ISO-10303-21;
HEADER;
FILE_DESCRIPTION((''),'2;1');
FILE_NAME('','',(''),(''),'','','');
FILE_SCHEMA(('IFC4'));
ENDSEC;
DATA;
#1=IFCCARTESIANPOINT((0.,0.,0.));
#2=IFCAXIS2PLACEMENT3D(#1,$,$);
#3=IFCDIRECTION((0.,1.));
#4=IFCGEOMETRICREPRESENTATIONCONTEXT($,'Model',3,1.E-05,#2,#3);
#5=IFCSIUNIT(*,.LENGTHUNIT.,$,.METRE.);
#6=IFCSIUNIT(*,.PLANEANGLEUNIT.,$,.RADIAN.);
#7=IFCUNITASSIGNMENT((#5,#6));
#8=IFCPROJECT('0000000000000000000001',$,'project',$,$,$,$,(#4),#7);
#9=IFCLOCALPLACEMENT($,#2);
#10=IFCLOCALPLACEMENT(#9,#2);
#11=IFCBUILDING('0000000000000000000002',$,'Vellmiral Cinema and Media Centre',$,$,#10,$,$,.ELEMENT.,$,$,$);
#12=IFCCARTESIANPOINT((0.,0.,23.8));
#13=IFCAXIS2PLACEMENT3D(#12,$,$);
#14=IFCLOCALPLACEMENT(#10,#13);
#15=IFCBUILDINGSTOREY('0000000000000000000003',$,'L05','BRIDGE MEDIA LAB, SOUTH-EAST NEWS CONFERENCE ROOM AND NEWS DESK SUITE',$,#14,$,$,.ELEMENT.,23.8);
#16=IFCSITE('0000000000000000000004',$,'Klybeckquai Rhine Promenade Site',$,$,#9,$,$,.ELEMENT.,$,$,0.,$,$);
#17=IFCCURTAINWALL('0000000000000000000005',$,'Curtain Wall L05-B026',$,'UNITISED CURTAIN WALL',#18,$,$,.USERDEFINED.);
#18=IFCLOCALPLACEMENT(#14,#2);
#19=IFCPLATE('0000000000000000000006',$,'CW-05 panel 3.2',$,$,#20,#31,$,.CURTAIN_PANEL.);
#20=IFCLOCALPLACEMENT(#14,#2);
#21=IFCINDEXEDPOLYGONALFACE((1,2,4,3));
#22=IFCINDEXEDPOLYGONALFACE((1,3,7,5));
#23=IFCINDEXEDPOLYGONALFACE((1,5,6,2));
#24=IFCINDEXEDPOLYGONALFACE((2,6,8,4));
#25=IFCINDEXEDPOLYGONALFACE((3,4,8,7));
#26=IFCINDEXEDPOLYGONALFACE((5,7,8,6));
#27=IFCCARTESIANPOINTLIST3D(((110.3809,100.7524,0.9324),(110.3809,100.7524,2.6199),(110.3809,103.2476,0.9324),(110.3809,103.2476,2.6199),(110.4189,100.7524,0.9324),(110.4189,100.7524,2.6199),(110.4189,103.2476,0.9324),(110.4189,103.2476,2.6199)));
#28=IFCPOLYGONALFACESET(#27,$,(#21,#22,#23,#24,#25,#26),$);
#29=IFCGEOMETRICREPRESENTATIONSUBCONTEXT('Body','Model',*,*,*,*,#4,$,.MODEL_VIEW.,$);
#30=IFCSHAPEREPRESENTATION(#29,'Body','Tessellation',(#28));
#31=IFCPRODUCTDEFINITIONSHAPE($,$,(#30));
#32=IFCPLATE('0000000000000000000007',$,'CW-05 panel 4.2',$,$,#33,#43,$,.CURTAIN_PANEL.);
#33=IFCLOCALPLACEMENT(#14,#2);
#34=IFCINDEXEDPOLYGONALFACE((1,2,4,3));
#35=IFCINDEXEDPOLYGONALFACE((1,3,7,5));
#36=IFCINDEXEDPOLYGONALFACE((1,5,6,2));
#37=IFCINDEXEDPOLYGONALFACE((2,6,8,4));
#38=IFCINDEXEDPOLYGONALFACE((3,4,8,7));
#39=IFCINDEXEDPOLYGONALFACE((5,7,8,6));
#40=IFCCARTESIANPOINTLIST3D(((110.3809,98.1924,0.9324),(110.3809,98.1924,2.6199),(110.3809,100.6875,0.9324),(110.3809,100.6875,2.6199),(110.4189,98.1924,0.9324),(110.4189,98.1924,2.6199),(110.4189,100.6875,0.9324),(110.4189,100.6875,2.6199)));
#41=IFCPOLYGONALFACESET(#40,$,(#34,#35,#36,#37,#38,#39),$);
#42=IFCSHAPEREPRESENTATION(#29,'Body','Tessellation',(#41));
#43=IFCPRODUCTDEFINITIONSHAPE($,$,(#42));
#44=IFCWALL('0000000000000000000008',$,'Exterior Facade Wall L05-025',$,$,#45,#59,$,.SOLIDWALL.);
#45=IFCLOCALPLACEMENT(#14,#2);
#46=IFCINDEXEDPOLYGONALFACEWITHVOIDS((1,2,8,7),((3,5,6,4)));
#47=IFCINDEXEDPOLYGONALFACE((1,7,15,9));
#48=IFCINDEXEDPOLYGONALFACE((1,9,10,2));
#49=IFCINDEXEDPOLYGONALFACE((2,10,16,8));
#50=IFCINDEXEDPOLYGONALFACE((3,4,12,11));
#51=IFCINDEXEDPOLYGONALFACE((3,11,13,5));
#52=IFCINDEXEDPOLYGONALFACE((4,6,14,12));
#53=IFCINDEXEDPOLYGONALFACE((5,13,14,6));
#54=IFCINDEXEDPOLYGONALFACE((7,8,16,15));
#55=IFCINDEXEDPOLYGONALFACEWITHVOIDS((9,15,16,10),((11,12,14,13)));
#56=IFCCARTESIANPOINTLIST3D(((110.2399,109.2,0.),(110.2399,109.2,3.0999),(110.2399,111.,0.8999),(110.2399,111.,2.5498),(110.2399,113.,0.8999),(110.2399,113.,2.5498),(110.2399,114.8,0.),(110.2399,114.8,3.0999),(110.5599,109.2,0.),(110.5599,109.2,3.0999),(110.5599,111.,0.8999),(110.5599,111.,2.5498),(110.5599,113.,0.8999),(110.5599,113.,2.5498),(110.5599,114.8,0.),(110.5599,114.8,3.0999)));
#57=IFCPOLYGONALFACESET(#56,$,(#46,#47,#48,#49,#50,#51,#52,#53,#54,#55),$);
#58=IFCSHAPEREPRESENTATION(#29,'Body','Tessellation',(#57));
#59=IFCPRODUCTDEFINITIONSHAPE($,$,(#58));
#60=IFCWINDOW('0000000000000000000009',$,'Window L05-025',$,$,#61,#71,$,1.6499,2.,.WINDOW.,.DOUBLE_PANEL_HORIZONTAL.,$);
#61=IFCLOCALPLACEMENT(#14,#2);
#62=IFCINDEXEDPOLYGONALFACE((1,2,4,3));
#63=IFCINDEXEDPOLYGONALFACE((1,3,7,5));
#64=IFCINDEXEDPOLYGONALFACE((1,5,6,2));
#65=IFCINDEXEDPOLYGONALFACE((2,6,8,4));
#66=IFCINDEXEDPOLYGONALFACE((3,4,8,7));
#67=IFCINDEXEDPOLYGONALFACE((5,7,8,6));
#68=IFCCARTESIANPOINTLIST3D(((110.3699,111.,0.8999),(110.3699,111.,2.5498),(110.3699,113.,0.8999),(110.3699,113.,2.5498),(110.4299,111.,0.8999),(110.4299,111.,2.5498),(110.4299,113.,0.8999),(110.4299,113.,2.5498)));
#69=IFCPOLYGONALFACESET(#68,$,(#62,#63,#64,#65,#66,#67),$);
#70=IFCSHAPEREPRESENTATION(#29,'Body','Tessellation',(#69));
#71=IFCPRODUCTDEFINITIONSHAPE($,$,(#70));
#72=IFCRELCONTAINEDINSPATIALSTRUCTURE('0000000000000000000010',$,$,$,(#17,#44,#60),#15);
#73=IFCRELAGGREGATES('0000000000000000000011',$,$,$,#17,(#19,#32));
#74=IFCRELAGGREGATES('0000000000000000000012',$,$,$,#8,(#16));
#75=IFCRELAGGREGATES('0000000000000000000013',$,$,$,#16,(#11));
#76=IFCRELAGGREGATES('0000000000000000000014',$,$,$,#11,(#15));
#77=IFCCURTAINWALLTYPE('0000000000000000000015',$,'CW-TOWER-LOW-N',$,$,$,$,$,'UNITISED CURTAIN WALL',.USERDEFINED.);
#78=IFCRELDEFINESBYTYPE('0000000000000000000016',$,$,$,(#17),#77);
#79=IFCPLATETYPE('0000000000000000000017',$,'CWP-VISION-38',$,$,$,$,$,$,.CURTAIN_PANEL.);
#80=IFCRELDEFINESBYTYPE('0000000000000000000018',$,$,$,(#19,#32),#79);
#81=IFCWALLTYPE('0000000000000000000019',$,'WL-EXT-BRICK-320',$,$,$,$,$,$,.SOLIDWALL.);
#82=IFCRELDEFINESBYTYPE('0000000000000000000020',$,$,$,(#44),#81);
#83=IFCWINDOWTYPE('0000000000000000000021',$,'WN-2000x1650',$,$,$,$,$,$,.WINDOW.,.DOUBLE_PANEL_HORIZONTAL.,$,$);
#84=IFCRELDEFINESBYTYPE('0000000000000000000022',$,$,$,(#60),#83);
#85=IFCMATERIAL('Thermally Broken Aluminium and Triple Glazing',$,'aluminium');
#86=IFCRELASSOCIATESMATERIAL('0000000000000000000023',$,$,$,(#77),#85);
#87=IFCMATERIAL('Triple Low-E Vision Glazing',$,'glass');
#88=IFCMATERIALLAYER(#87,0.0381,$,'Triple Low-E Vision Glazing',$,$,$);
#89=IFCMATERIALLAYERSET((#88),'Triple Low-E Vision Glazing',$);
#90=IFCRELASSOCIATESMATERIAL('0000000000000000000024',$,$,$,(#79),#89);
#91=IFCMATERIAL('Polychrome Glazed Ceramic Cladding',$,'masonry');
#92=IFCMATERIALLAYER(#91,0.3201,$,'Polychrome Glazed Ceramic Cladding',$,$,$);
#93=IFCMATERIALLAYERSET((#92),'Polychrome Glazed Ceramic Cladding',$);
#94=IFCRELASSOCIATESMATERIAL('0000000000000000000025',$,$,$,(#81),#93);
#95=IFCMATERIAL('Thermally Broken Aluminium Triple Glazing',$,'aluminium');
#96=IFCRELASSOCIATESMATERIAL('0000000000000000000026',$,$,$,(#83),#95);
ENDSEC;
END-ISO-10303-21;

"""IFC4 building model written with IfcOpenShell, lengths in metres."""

from ifc_helpers import new_model, si_unit, direction, frame, frame_2d, origin, origin_2d, place, context, subcontext, project, spatial, rectangle, extrude, material, layer, layer_set, type_object, element, fill, aggregate, save


model = new_model("IFC4")

# Units and contexts
model_context = context("Model", 3, precision=1e-05, world=origin(), true_north=direction((0.0, 1.0)))
body_context = subcontext(model_context, "Body", "Model", "MODEL_VIEW")
ifc_project = project(units=[si_unit("LENGTHUNIT", "METRE"), si_unit("PLANEANGLEUNIT", "RADIAN")], contexts=[model_context])

# Site, building, storey
site_placement = place(None, origin())
site = spatial("IfcSite", under=ifc_project, at=site_placement, Name="Klybeckquai Rhine Promenade Site", CompositionType="ELEMENT", RefElevation=0.0)
building_placement = place(site_placement, origin())
building = spatial("IfcBuilding", under=site, at=building_placement, Name="Vellmiral Cinema and Media Centre", CompositionType="ELEMENT")
storey_placement = place(building_placement, frame((0.0, 0.0, 23.8)))
storey = spatial("IfcBuildingStorey", under=building, at=storey_placement, Name="L05", Description="BRIDGE MEDIA LAB, SOUTH-EAST NEWS CONFERENCE ROOM AND NEWS DESK SUITE", CompositionType="ELEMENT", Elevation=23.8)

# Curtain wall
ifc_material_1 = material(Name="Thermally Broken Aluminium and Triple Glazing", Category="aluminium")
curtain_wall_type_1 = type_object("IfcCurtainWallType", Name="CW-TOWER-LOW-N", ElementType="UNITISED CURTAIN WALL", PredefinedType="USERDEFINED", material=ifc_material_1)
curtain_wall_1_placement = place(storey_placement, origin())
curtain_wall_1 = element("IfcCurtainWall", 1, at=curtain_wall_1_placement, inside=storey, type_object=curtain_wall_type_1, Name="Curtain Wall L05-B026", ObjectType="UNITISED CURTAIN WALL", PredefinedType="USERDEFINED")

# Plates
ifc_material_2 = material(Name="Triple Low-E Vision Glazing", Category="glass")
ifc_layer_1 = layer(ifc_material_2, 0.0381, Name="Triple Low-E Vision Glazing")
ifc_layer_set_1 = layer_set([ifc_layer_1], Name="Triple Low-E Vision Glazing")
plate_type_1 = type_object("IfcPlateType", Name="CWP-VISION-38", PredefinedType="CURTAIN_PANEL", material=ifc_layer_set_1)
plate_1_placement = place(storey_placement, frame((110.3999, 102.0, 0.9324), z_axis=(0.0, 0.0, 1.0), x_axis=(0.0, -1.0, 0.0)))
plate_1 = element("IfcPlate", 2, at=plate_1_placement, type_object=plate_type_1, Name="CW-05 panel 3.2", PredefinedType="CURTAIN_PANEL", context=body_context, shape_type="SweptSolid", body=[
    extrude(rectangle(XDim=2.4951, YDim=0.0381, at=origin_2d()), origin(), (0.0, 0.0, 1.0), 1.6875),
])
plate_2_placement = place(storey_placement, frame((110.3999, 99.4399, 0.9324), z_axis=(0.0, 0.0, 1.0), x_axis=(0.0, -1.0, 0.0)))
plate_2 = element("IfcPlate", 3, at=plate_2_placement, type_object=plate_type_1, Name="CW-05 panel 4.2", PredefinedType="CURTAIN_PANEL", context=body_context, shape_type="SweptSolid", body=[
    extrude(rectangle(XDim=2.4951, YDim=0.0381, at=origin_2d()), origin(), (0.0, 0.0, 1.0), 1.6875),
])
aggregate(curtain_wall_1, [plate_1, plate_2])

# Wall, opening, window
ifc_material_3 = material(Name="Polychrome Glazed Ceramic Cladding", Category="masonry")
ifc_layer_2 = layer(ifc_material_3, 0.3201, Name="Polychrome Glazed Ceramic Cladding")
ifc_layer_set_2 = layer_set([ifc_layer_2], Name="Polychrome Glazed Ceramic Cladding")
wall_type = type_object("IfcWallType", Name="WL-EXT-BRICK-320", PredefinedType="SOLIDWALL", material=ifc_layer_set_2)
wall_placement = place(storey_placement, frame((110.3999, 114.8, 0.0), z_axis=(0.0, 0.0, 1.0), x_axis=(0.0, -1.0, 0.0)))
wall = element("IfcWall", 4, at=wall_placement, inside=storey, type_object=wall_type, Name="Exterior Facade Wall L05-025", PredefinedType="SOLIDWALL", context=body_context, shape_type="SweptSolid", body=[
    extrude(rectangle(XDim=5.6001, YDim=0.3201, at=frame_2d((2.8, 0.0))), origin(), (0.0, 0.0, 1.0), 3.0999),
])
opening_placement = place(wall_placement, frame((1.8, 0.0, 0.8999)))
opening = element("IfcOpeningElement", 5, at=opening_placement, cuts=wall, PredefinedType="OPENING", context=body_context, shape_type="SweptSolid", body=[
    extrude(rectangle(XDim=2.0, YDim=1.6499, at=frame_2d((1.0, 0.825))), frame((0.0, 0.1719, 0.0), z_axis=(0.0, -1.0, 0.0), x_axis=(1.0, 0.0, 0.0)), (0.0, 0.0, 1.0), 0.344),
])
ifc_material_4 = material(Name="Thermally Broken Aluminium Triple Glazing", Category="aluminium")
window_type = type_object("IfcWindowType", Name="WN-2000x1650", PartitioningType="DOUBLE_PANEL_HORIZONTAL", PredefinedType="WINDOW", material=ifc_material_4)
window_placement = place(opening_placement, origin())
window = element("IfcWindow", 6, at=window_placement, inside=storey, type_object=window_type, Name="Window L05-025", OverallHeight=1.6499, OverallWidth=2.0, PartitioningType="DOUBLE_PANEL_HORIZONTAL", PredefinedType="WINDOW", context=body_context, shape_type="SweptSolid", body=[
    extrude(rectangle(XDim=2.0, YDim=1.6499, at=frame_2d((1.0, 0.825))), frame((0.0, 0.03, 0.0), z_axis=(0.0, -1.0, 0.0), x_axis=(1.0, 0.0, 0.0)), (0.0, 0.0, 1.0), 0.0601),
])
fill(opening, window)

save(model, "model.ifc")
